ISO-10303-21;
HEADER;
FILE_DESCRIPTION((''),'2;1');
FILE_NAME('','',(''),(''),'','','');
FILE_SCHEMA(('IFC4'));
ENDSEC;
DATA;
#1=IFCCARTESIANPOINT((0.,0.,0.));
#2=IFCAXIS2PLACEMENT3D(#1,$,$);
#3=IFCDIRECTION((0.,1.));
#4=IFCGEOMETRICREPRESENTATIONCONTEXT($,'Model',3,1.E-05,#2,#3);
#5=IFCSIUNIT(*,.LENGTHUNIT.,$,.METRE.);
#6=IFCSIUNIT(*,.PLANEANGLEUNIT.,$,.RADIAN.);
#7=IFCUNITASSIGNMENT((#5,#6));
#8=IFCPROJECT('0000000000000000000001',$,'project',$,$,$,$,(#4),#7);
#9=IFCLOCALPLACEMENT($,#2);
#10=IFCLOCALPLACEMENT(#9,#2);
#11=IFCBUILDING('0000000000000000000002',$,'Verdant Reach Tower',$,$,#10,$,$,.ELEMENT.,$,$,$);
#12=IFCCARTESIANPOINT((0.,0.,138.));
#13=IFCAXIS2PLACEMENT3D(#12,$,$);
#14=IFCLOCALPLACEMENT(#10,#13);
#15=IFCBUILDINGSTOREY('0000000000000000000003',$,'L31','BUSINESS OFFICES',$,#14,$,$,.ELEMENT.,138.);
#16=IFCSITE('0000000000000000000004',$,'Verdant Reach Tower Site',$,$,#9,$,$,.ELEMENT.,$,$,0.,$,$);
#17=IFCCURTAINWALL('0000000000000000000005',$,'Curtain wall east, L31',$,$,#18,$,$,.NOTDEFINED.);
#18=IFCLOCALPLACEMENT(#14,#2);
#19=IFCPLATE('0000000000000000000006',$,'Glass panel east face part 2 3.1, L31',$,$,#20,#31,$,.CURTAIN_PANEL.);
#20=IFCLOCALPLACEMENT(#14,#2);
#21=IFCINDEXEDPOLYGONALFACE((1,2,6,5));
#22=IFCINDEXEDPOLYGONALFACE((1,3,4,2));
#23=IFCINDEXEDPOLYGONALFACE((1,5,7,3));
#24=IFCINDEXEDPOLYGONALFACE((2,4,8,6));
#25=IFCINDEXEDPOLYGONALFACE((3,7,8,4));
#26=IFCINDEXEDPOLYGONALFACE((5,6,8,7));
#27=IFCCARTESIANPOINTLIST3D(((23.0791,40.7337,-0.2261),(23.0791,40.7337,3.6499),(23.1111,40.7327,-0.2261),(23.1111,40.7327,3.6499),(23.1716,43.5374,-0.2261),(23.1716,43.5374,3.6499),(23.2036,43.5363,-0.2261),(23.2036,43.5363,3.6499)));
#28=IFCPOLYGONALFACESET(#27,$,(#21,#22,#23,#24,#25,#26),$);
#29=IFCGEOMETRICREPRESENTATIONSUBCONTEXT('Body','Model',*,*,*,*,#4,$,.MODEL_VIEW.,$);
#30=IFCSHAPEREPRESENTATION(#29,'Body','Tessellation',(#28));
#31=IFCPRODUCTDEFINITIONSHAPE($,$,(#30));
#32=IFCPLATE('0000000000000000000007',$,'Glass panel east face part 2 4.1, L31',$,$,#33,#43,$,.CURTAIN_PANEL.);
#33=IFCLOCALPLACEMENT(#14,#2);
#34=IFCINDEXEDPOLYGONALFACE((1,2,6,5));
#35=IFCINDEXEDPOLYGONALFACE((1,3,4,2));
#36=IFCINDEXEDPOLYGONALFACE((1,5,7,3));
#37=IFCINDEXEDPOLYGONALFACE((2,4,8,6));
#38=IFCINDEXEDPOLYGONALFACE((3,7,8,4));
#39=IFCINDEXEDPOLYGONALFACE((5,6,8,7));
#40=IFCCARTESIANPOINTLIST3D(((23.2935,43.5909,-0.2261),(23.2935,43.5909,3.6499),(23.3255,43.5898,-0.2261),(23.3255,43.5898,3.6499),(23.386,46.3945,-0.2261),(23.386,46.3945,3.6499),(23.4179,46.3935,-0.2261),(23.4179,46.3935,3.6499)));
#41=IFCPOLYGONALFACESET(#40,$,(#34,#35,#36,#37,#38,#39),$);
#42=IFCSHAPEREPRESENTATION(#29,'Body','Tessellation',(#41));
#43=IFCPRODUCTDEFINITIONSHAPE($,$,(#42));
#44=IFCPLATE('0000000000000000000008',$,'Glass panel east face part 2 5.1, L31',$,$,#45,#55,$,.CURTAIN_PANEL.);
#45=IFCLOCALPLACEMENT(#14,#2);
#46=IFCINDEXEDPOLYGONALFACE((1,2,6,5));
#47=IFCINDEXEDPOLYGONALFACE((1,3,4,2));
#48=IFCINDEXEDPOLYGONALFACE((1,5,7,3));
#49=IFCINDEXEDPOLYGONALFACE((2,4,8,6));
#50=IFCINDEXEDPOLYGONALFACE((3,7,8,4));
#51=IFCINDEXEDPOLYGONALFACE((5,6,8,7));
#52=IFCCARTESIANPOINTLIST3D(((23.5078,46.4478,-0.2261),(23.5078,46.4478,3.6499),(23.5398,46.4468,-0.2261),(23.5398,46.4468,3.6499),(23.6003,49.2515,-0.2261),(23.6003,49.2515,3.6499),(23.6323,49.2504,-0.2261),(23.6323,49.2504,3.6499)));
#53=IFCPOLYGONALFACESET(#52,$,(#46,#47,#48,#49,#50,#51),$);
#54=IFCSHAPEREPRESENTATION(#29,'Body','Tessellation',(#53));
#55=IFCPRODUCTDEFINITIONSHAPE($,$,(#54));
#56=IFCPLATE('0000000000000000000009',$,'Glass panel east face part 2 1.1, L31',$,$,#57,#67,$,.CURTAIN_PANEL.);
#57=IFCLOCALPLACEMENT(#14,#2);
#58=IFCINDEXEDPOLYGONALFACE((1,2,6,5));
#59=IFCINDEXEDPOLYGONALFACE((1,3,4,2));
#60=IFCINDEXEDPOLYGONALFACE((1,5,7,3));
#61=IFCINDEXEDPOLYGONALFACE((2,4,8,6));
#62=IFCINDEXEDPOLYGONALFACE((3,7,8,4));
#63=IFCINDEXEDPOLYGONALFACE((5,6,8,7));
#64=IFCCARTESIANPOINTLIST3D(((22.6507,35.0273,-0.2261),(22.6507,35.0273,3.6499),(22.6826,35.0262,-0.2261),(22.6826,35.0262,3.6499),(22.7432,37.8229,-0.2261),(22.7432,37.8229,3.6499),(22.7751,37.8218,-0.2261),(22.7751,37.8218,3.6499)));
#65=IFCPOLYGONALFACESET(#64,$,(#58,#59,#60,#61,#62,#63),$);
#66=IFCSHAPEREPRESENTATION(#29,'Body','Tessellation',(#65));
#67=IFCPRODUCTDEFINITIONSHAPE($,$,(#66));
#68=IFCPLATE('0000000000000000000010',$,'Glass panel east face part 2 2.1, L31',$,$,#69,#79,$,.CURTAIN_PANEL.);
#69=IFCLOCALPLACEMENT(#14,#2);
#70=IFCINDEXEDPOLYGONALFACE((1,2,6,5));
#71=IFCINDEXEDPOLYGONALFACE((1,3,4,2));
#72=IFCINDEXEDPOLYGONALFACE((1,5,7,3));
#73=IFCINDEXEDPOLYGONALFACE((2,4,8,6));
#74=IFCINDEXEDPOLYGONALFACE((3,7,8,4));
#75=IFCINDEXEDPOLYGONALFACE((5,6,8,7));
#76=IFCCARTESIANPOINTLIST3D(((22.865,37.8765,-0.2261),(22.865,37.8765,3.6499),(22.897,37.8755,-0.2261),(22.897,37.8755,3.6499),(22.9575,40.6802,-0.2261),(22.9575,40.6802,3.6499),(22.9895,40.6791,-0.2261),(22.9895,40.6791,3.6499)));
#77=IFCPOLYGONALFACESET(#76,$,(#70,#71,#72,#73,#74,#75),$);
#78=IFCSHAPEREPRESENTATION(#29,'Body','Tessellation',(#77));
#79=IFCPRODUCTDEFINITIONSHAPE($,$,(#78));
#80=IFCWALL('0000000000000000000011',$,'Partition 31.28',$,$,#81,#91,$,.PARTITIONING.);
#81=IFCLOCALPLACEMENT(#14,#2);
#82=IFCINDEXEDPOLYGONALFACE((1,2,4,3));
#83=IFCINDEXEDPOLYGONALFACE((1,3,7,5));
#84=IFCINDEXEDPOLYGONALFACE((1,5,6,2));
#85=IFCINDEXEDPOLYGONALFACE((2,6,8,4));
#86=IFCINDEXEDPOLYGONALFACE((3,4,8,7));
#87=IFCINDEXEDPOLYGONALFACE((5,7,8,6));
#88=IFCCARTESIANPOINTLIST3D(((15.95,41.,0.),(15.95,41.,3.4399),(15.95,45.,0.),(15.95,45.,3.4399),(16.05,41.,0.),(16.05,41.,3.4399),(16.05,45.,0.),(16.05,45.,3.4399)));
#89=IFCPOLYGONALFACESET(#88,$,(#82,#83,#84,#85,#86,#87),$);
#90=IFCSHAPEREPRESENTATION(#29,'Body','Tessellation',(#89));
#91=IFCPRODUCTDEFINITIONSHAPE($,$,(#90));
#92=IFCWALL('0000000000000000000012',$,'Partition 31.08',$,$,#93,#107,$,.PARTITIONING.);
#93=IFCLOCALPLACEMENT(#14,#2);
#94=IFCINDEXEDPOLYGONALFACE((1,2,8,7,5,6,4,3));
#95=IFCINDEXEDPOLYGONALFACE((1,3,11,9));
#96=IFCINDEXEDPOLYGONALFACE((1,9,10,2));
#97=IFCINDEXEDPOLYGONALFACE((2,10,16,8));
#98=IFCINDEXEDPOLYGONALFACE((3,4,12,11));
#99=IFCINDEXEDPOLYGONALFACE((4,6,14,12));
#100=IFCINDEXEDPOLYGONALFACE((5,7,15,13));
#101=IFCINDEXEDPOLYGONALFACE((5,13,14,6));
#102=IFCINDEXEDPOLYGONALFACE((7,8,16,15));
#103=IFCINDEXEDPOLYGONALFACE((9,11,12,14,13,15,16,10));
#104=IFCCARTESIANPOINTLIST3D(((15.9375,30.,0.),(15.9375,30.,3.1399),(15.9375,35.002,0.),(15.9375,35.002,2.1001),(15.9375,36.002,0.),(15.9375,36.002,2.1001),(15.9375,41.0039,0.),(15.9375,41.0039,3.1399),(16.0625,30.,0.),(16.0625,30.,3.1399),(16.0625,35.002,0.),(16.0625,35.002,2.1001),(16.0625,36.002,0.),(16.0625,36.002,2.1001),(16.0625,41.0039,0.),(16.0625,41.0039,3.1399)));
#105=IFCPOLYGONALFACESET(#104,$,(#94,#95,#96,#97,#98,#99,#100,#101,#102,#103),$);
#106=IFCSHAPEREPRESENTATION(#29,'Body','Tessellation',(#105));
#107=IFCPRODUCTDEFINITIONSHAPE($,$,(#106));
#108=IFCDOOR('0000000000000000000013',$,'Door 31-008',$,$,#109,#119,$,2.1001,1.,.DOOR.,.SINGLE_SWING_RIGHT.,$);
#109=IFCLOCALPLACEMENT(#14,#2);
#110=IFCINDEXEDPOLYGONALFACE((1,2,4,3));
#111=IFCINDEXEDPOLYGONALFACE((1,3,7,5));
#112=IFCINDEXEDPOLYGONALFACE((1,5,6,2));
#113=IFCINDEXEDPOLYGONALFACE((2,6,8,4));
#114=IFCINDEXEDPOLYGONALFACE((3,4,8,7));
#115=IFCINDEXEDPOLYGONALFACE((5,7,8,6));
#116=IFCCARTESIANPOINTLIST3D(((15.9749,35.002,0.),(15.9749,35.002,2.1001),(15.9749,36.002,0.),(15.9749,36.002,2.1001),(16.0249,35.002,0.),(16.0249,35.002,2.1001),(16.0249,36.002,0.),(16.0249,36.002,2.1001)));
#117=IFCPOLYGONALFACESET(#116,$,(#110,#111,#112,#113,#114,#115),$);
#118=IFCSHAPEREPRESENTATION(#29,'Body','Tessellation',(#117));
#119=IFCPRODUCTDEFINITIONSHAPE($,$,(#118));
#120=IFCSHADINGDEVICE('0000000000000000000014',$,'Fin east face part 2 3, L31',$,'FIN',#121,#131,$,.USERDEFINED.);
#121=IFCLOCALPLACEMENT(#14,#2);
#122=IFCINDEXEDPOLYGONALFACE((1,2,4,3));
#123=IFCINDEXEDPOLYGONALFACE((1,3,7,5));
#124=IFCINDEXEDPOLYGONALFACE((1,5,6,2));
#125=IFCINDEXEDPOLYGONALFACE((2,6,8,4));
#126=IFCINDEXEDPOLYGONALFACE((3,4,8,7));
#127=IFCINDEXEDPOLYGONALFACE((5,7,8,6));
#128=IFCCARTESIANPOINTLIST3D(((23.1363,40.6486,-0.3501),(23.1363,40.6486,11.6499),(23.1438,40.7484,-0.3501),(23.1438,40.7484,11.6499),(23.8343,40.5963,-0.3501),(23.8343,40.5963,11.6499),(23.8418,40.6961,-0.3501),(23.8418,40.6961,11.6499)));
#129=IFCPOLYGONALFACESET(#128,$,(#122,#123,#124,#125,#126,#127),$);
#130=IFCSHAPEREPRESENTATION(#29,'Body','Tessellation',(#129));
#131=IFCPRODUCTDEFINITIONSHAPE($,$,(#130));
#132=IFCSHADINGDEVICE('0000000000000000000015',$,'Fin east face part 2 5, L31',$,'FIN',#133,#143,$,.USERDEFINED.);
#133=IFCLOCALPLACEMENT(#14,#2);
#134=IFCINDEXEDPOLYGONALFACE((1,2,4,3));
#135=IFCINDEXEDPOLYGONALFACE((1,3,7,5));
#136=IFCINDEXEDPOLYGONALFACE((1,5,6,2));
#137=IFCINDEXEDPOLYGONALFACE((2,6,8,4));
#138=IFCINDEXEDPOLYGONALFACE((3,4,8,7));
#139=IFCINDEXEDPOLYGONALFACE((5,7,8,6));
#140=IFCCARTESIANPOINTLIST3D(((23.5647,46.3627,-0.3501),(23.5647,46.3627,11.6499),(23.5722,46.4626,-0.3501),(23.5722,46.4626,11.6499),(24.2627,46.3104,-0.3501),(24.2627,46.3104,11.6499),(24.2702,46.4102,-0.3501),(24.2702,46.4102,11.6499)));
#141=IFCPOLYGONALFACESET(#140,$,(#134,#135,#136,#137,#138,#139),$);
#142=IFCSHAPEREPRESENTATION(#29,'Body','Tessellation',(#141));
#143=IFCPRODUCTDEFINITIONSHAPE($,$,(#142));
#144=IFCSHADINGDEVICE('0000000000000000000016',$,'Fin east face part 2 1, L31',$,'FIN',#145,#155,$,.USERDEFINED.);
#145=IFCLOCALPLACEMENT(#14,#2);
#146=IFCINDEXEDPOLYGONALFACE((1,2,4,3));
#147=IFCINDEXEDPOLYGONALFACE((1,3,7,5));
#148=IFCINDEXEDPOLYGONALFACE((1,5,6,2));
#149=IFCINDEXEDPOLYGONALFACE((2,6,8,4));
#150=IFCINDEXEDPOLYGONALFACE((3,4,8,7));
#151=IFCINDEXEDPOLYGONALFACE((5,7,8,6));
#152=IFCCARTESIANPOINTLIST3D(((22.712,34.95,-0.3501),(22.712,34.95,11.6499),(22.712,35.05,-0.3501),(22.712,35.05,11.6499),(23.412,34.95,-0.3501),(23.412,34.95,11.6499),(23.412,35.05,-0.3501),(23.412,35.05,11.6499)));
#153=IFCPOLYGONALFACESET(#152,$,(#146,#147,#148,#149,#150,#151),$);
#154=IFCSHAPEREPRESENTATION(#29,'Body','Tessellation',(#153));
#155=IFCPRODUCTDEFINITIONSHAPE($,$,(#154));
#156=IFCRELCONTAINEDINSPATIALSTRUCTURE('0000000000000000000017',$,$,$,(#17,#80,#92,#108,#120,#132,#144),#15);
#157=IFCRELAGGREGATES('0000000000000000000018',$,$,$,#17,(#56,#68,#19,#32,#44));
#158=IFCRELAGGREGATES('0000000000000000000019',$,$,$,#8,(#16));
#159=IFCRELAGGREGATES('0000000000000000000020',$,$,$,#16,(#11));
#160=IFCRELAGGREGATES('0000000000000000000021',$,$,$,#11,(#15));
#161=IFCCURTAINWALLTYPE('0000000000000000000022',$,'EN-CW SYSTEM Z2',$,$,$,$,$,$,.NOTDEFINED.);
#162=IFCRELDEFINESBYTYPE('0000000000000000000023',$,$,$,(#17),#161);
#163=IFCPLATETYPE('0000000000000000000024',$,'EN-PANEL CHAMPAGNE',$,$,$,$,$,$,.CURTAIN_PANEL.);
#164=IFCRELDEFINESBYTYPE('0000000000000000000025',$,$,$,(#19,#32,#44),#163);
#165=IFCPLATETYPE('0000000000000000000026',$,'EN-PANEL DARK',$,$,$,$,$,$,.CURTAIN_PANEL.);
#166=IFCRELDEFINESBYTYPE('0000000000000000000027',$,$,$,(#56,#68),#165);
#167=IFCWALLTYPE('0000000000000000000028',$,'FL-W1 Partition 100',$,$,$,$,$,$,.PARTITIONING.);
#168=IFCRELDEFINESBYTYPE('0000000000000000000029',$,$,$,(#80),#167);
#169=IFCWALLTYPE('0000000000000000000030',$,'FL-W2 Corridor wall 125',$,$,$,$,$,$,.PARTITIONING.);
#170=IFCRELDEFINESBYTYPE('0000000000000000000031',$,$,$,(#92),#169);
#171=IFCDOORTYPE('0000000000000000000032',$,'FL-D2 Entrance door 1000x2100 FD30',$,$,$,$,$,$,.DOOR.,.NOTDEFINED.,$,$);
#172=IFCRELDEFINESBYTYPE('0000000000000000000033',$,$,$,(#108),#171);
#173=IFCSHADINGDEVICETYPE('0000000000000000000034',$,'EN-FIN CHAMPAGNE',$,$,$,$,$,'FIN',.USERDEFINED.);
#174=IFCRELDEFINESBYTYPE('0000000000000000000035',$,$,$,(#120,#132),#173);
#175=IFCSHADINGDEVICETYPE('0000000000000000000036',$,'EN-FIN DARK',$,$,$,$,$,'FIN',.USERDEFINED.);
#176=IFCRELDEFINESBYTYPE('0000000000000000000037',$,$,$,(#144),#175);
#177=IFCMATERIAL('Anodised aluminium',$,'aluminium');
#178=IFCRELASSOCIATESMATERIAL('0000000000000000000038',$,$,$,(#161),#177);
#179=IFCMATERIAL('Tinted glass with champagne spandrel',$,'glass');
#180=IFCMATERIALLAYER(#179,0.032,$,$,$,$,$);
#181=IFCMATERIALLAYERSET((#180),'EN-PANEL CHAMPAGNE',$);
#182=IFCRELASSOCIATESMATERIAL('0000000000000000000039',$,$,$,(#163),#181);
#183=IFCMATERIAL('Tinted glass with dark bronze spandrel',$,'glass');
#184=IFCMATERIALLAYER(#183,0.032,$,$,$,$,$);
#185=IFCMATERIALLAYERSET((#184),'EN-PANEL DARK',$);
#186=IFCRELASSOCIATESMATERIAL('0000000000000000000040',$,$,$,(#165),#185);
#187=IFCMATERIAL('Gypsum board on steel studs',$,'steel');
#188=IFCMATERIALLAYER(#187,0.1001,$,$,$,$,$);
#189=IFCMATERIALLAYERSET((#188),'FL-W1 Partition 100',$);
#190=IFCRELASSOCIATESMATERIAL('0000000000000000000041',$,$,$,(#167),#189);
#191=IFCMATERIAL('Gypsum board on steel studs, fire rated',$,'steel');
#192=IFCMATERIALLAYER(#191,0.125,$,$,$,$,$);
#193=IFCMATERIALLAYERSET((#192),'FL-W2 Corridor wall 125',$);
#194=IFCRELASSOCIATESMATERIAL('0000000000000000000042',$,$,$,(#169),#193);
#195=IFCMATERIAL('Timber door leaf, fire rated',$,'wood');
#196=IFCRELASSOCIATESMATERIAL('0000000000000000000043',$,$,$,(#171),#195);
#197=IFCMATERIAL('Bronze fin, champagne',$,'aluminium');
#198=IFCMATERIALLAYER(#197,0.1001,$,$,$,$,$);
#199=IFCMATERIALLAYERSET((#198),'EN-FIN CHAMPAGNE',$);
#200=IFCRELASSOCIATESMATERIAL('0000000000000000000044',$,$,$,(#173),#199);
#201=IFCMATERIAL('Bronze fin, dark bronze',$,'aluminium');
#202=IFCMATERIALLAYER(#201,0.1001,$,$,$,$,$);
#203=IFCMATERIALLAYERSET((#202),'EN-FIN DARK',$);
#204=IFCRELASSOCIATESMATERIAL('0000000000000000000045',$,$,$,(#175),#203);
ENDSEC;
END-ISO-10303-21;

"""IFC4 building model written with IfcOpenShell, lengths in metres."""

from ifc_helpers import new_model, si_unit, direction, frame, frame_2d, origin, origin_2d, place, context, subcontext, project, spatial, rectangle, extrude, material, layer, layer_set, type_object, element, fill, aggregate, save


model = new_model("IFC4")

# Units and contexts
model_context = context("Model", 3, precision=1e-05, world=origin(), true_north=direction((0.0, 1.0)))
body_context = subcontext(model_context, "Body", "Model", "MODEL_VIEW")
ifc_project = project(units=[si_unit("LENGTHUNIT", "METRE"), si_unit("PLANEANGLEUNIT", "RADIAN")], contexts=[model_context])

# Site, building, storey
site_placement = place(None, origin())
site = spatial("IfcSite", under=ifc_project, at=site_placement, Name="Verdant Reach Tower Site", CompositionType="ELEMENT", RefElevation=0.0)
building_placement = place(site_placement, origin())
building = spatial("IfcBuilding", under=site, at=building_placement, Name="Verdant Reach Tower", CompositionType="ELEMENT")
storey_placement = place(building_placement, frame((0.0, 0.0, 138.0)))
storey = spatial("IfcBuildingStorey", under=building, at=storey_placement, Name="L31", Description="BUSINESS OFFICES", CompositionType="ELEMENT", Elevation=138.0)

# Curtain wall
ifc_material_1 = material(Name="Anodised aluminium", Category="aluminium")
curtain_wall_type = type_object("IfcCurtainWallType", Name="EN-CW SYSTEM Z2", PredefinedType="NOTDEFINED", material=ifc_material_1)
curtain_wall_placement = place(storey_placement, origin())
curtain_wall = element("IfcCurtainWall", 1, at=curtain_wall_placement, inside=storey, type_object=curtain_wall_type, Name="Curtain wall east, L31", PredefinedType="NOTDEFINED")

# Plates
ifc_material_2 = material(Name="Tinted glass with champagne spandrel", Category="glass")
ifc_layer_1 = layer(ifc_material_2, 0.032)
ifc_layer_set_1 = layer_set([ifc_layer_1], Name="EN-PANEL CHAMPAGNE")
plate_type_1 = type_object("IfcPlateType", Name="EN-PANEL CHAMPAGNE", PredefinedType="CURTAIN_PANEL", material=ifc_layer_set_1)
plate_1_placement = place(storey_placement, frame((23.1414, 42.135, -0.2261), z_axis=(0.0, 0.0, 1.0), x_axis=(0.032966, 0.999456, 0.0)))
plate_1 = element("IfcPlate", 2, at=plate_1_placement, type_object=plate_type_1, Name="Glass panel east face part 2 3.1, L31", PredefinedType="CURTAIN_PANEL", context=body_context, shape_type="SweptSolid", body=[
    extrude(rectangle(XDim=2.8052, YDim=0.032, at=origin_2d()), origin(), (0.0, 0.0, 1.0), 3.876),
])
plate_2_placement = place(storey_placement, frame((23.3557, 44.9922, -0.2261), z_axis=(0.0, 0.0, 1.0), x_axis=(0.032966, 0.999456, 0.0)))
plate_2 = element("IfcPlate", 3, at=plate_2_placement, type_object=plate_type_1, Name="Glass panel east face part 2 4.1, L31", PredefinedType="CURTAIN_PANEL", context=body_context, shape_type="SweptSolid", body=[
    extrude(rectangle(XDim=2.8052, YDim=0.032, at=origin_2d()), origin(), (0.0, 0.0, 1.0), 3.876),
])
plate_3_placement = place(storey_placement, frame((23.5701, 47.8491, -0.2261), z_axis=(0.0, 0.0, 1.0), x_axis=(0.032966, 0.999456, 0.0)))
plate_3 = element("IfcPlate", 4, at=plate_3_placement, type_object=plate_type_1, Name="Glass panel east face part 2 5.1, L31", PredefinedType="CURTAIN_PANEL", context=body_context, shape_type="SweptSolid", body=[
    extrude(rectangle(XDim=2.8052, YDim=0.032, at=origin_2d()), origin(), (0.0, 0.0, 1.0), 3.876),
])
ifc_material_3 = material(Name="Tinted glass with dark bronze spandrel", Category="glass")
ifc_layer_2 = layer(ifc_material_3, 0.032)
ifc_layer_set_2 = layer_set([ifc_layer_2], Name="EN-PANEL DARK")
plate_type_2 = type_object("IfcPlateType", Name="EN-PANEL DARK", PredefinedType="CURTAIN_PANEL", material=ifc_layer_set_2)
plate_4_placement = place(storey_placement, frame((22.7129, 36.4246, -0.2261), z_axis=(0.0, 0.0, 1.0), x_axis=(0.03307, 0.999453, 0.0)))
plate_4 = element("IfcPlate", 5, at=plate_4_placement, type_object=plate_type_2, Name="Glass panel east face part 2 1.1, L31", PredefinedType="CURTAIN_PANEL", context=body_context, shape_type="SweptSolid", body=[
    extrude(rectangle(XDim=2.7971, YDim=0.032, at=origin_2d()), origin(), (0.0, 0.0, 1.0), 3.876),
])
plate_5_placement = place(storey_placement, frame((22.9272, 39.2778, -0.2261), z_axis=(0.0, 0.0, 1.0), x_axis=(0.032966, 0.999456, 0.0)))
plate_5 = element("IfcPlate", 6, at=plate_5_placement, type_object=plate_type_2, Name="Glass panel east face part 2 2.1, L31", PredefinedType="CURTAIN_PANEL", context=body_context, shape_type="SweptSolid", body=[
    extrude(rectangle(XDim=2.8052, YDim=0.032, at=origin_2d()), origin(), (0.0, 0.0, 1.0), 3.876),
])
aggregate(curtain_wall, [plate_4, plate_5, plate_1, plate_2, plate_3])

# Wall
ifc_material_4 = material(Name="Gypsum board on steel studs", Category="steel")
ifc_layer_3 = layer(ifc_material_4, 0.1001)
ifc_layer_set_3 = layer_set([ifc_layer_3], Name="FL-W1 Partition 100")
wall_type_1 = type_object("IfcWallType", Name="FL-W1 Partition 100", PredefinedType="PARTITIONING", material=ifc_layer_set_3)
wall_1_placement = place(storey_placement, frame((16.0, 45.0, 0.0), z_axis=(0.0, 0.0, 1.0), x_axis=(0.0, -1.0, 0.0)))
element("IfcWall", 7, at=wall_1_placement, inside=storey, type_object=wall_type_1, Name="Partition 31.28", PredefinedType="PARTITIONING", context=body_context, shape_type="SweptSolid", body=[
    extrude(rectangle(XDim=4.0, YDim=0.1001, at=frame_2d((2.0, 0.0))), origin(), (0.0, 0.0, 1.0), 3.4399),
])

# Wall, opening, door
ifc_material_5 = material(Name="Gypsum board on steel studs, fire rated", Category="steel")
ifc_layer_4 = layer(ifc_material_5, 0.125)
ifc_layer_set_4 = layer_set([ifc_layer_4], Name="FL-W2 Corridor wall 125")
wall_type_2 = type_object("IfcWallType", Name="FL-W2 Corridor wall 125", PredefinedType="PARTITIONING", material=ifc_layer_set_4)
wall_2_placement = place(storey_placement, frame((16.0, 41.0039, 0.0), z_axis=(0.0, 0.0, 1.0), x_axis=(0.0, -1.0, 0.0)))
wall_2 = element("IfcWall", 8, at=wall_2_placement, inside=storey, type_object=wall_type_2, Name="Partition 31.08", PredefinedType="PARTITIONING", context=body_context, shape_type="SweptSolid", body=[
    extrude(rectangle(XDim=11.0039, YDim=0.125, at=frame_2d((5.502, 0.0))), origin(), (0.0, 0.0, 1.0), 3.1399),
])
opening_placement = place(wall_2_placement, frame((5.002, 0.0, 0.0)))
opening = element("IfcOpeningElement", 9, at=opening_placement, cuts=wall_2, PredefinedType="OPENING", context=body_context, shape_type="SweptSolid", body=[
    extrude(rectangle(XDim=1.0, YDim=2.1001, at=frame_2d((0.5, 1.05))), frame((0.0, 0.0725, 0.0), z_axis=(0.0, -1.0, 0.0), x_axis=(1.0, 0.0, 0.0)), (0.0, 0.0, 1.0), 0.145),
])
ifc_material_6 = material(Name="Timber door leaf, fire rated", Category="wood")
door_type = type_object("IfcDoorType", Name="FL-D2 Entrance door 1000x2100 FD30", OperationType="NOTDEFINED", PredefinedType="DOOR", material=ifc_material_6)
door_placement = place(opening_placement, origin())
door = element("IfcDoor", 10, at=door_placement, inside=storey, type_object=door_type, Name="Door 31-008", OperationType="SINGLE_SWING_RIGHT", OverallHeight=2.1001, OverallWidth=1.0, PredefinedType="DOOR", context=body_context, shape_type="SweptSolid", body=[
    extrude(rectangle(XDim=1.0, YDim=2.1001, at=frame_2d((0.5, 1.05))), frame((0.0, 0.0249, 0.0), z_axis=(0.0, -1.0, 0.0), x_axis=(1.0, 0.0, 0.0)), (0.0, 0.0, 1.0), 0.05),
])
fill(opening, door)

# Shading devices
ifc_material_7 = material(Name="Bronze fin, champagne", Category="aluminium")
ifc_layer_5 = layer(ifc_material_7, 0.1001)
ifc_layer_set_5 = layer_set([ifc_layer_5], Name="EN-FIN CHAMPAGNE")
shading_device_type_1 = type_object("IfcShadingDeviceType", Name="EN-FIN CHAMPAGNE", ElementType="FIN", PredefinedType="USERDEFINED", material=ifc_layer_set_5)
for number, where, z_axis, x_axis, name in (
    (11, (23.489, 40.6724, -0.3501), (0.0, 0.0, 1.0), (0.07479, 0.997199, 0.0), "Fin east face part 2 3, L31"),
    (12, (23.9175, 46.3865, -0.3501), (0.0, 0.0, 1.0), (0.07479, 0.997199, 0.0), "Fin east face part 2 5, L31"),
):
    element("IfcShadingDevice", number, at=place(storey_placement, frame(where, z_axis=z_axis, x_axis=x_axis)), inside=storey, type_object=shading_device_type_1, Name=name, ObjectType="FIN", PredefinedType="USERDEFINED", context=body_context, shape_type="SweptSolid", body=[
        extrude(rectangle(XDim=0.1001, YDim=0.7, at=origin_2d()), origin(), (0.0, 0.0, 1.0), 12.0),
    ])
ifc_material_8 = material(Name="Bronze fin, dark bronze", Category="aluminium")
ifc_layer_6 = layer(ifc_material_8, 0.1001)
ifc_layer_set_6 = layer_set([ifc_layer_6], Name="EN-FIN DARK")
shading_device_type_2 = type_object("IfcShadingDeviceType", Name="EN-FIN DARK", ElementType="FIN", PredefinedType="USERDEFINED", material=ifc_layer_set_6)
shading_device_placement = place(storey_placement, frame((23.062, 35.0, -0.3501), z_axis=(0.0, 0.0, 1.0), x_axis=(0.0, 1.0, 0.0)))
element("IfcShadingDevice", 13, at=shading_device_placement, inside=storey, type_object=shading_device_type_2, Name="Fin east face part 2 1, L31", ObjectType="FIN", PredefinedType="USERDEFINED", context=body_context, shape_type="SweptSolid", body=[
    extrude(rectangle(XDim=0.1001, YDim=0.7, at=origin_2d()), origin(), (0.0, 0.0, 1.0), 12.0),
])

save(model, "model.ifc")
